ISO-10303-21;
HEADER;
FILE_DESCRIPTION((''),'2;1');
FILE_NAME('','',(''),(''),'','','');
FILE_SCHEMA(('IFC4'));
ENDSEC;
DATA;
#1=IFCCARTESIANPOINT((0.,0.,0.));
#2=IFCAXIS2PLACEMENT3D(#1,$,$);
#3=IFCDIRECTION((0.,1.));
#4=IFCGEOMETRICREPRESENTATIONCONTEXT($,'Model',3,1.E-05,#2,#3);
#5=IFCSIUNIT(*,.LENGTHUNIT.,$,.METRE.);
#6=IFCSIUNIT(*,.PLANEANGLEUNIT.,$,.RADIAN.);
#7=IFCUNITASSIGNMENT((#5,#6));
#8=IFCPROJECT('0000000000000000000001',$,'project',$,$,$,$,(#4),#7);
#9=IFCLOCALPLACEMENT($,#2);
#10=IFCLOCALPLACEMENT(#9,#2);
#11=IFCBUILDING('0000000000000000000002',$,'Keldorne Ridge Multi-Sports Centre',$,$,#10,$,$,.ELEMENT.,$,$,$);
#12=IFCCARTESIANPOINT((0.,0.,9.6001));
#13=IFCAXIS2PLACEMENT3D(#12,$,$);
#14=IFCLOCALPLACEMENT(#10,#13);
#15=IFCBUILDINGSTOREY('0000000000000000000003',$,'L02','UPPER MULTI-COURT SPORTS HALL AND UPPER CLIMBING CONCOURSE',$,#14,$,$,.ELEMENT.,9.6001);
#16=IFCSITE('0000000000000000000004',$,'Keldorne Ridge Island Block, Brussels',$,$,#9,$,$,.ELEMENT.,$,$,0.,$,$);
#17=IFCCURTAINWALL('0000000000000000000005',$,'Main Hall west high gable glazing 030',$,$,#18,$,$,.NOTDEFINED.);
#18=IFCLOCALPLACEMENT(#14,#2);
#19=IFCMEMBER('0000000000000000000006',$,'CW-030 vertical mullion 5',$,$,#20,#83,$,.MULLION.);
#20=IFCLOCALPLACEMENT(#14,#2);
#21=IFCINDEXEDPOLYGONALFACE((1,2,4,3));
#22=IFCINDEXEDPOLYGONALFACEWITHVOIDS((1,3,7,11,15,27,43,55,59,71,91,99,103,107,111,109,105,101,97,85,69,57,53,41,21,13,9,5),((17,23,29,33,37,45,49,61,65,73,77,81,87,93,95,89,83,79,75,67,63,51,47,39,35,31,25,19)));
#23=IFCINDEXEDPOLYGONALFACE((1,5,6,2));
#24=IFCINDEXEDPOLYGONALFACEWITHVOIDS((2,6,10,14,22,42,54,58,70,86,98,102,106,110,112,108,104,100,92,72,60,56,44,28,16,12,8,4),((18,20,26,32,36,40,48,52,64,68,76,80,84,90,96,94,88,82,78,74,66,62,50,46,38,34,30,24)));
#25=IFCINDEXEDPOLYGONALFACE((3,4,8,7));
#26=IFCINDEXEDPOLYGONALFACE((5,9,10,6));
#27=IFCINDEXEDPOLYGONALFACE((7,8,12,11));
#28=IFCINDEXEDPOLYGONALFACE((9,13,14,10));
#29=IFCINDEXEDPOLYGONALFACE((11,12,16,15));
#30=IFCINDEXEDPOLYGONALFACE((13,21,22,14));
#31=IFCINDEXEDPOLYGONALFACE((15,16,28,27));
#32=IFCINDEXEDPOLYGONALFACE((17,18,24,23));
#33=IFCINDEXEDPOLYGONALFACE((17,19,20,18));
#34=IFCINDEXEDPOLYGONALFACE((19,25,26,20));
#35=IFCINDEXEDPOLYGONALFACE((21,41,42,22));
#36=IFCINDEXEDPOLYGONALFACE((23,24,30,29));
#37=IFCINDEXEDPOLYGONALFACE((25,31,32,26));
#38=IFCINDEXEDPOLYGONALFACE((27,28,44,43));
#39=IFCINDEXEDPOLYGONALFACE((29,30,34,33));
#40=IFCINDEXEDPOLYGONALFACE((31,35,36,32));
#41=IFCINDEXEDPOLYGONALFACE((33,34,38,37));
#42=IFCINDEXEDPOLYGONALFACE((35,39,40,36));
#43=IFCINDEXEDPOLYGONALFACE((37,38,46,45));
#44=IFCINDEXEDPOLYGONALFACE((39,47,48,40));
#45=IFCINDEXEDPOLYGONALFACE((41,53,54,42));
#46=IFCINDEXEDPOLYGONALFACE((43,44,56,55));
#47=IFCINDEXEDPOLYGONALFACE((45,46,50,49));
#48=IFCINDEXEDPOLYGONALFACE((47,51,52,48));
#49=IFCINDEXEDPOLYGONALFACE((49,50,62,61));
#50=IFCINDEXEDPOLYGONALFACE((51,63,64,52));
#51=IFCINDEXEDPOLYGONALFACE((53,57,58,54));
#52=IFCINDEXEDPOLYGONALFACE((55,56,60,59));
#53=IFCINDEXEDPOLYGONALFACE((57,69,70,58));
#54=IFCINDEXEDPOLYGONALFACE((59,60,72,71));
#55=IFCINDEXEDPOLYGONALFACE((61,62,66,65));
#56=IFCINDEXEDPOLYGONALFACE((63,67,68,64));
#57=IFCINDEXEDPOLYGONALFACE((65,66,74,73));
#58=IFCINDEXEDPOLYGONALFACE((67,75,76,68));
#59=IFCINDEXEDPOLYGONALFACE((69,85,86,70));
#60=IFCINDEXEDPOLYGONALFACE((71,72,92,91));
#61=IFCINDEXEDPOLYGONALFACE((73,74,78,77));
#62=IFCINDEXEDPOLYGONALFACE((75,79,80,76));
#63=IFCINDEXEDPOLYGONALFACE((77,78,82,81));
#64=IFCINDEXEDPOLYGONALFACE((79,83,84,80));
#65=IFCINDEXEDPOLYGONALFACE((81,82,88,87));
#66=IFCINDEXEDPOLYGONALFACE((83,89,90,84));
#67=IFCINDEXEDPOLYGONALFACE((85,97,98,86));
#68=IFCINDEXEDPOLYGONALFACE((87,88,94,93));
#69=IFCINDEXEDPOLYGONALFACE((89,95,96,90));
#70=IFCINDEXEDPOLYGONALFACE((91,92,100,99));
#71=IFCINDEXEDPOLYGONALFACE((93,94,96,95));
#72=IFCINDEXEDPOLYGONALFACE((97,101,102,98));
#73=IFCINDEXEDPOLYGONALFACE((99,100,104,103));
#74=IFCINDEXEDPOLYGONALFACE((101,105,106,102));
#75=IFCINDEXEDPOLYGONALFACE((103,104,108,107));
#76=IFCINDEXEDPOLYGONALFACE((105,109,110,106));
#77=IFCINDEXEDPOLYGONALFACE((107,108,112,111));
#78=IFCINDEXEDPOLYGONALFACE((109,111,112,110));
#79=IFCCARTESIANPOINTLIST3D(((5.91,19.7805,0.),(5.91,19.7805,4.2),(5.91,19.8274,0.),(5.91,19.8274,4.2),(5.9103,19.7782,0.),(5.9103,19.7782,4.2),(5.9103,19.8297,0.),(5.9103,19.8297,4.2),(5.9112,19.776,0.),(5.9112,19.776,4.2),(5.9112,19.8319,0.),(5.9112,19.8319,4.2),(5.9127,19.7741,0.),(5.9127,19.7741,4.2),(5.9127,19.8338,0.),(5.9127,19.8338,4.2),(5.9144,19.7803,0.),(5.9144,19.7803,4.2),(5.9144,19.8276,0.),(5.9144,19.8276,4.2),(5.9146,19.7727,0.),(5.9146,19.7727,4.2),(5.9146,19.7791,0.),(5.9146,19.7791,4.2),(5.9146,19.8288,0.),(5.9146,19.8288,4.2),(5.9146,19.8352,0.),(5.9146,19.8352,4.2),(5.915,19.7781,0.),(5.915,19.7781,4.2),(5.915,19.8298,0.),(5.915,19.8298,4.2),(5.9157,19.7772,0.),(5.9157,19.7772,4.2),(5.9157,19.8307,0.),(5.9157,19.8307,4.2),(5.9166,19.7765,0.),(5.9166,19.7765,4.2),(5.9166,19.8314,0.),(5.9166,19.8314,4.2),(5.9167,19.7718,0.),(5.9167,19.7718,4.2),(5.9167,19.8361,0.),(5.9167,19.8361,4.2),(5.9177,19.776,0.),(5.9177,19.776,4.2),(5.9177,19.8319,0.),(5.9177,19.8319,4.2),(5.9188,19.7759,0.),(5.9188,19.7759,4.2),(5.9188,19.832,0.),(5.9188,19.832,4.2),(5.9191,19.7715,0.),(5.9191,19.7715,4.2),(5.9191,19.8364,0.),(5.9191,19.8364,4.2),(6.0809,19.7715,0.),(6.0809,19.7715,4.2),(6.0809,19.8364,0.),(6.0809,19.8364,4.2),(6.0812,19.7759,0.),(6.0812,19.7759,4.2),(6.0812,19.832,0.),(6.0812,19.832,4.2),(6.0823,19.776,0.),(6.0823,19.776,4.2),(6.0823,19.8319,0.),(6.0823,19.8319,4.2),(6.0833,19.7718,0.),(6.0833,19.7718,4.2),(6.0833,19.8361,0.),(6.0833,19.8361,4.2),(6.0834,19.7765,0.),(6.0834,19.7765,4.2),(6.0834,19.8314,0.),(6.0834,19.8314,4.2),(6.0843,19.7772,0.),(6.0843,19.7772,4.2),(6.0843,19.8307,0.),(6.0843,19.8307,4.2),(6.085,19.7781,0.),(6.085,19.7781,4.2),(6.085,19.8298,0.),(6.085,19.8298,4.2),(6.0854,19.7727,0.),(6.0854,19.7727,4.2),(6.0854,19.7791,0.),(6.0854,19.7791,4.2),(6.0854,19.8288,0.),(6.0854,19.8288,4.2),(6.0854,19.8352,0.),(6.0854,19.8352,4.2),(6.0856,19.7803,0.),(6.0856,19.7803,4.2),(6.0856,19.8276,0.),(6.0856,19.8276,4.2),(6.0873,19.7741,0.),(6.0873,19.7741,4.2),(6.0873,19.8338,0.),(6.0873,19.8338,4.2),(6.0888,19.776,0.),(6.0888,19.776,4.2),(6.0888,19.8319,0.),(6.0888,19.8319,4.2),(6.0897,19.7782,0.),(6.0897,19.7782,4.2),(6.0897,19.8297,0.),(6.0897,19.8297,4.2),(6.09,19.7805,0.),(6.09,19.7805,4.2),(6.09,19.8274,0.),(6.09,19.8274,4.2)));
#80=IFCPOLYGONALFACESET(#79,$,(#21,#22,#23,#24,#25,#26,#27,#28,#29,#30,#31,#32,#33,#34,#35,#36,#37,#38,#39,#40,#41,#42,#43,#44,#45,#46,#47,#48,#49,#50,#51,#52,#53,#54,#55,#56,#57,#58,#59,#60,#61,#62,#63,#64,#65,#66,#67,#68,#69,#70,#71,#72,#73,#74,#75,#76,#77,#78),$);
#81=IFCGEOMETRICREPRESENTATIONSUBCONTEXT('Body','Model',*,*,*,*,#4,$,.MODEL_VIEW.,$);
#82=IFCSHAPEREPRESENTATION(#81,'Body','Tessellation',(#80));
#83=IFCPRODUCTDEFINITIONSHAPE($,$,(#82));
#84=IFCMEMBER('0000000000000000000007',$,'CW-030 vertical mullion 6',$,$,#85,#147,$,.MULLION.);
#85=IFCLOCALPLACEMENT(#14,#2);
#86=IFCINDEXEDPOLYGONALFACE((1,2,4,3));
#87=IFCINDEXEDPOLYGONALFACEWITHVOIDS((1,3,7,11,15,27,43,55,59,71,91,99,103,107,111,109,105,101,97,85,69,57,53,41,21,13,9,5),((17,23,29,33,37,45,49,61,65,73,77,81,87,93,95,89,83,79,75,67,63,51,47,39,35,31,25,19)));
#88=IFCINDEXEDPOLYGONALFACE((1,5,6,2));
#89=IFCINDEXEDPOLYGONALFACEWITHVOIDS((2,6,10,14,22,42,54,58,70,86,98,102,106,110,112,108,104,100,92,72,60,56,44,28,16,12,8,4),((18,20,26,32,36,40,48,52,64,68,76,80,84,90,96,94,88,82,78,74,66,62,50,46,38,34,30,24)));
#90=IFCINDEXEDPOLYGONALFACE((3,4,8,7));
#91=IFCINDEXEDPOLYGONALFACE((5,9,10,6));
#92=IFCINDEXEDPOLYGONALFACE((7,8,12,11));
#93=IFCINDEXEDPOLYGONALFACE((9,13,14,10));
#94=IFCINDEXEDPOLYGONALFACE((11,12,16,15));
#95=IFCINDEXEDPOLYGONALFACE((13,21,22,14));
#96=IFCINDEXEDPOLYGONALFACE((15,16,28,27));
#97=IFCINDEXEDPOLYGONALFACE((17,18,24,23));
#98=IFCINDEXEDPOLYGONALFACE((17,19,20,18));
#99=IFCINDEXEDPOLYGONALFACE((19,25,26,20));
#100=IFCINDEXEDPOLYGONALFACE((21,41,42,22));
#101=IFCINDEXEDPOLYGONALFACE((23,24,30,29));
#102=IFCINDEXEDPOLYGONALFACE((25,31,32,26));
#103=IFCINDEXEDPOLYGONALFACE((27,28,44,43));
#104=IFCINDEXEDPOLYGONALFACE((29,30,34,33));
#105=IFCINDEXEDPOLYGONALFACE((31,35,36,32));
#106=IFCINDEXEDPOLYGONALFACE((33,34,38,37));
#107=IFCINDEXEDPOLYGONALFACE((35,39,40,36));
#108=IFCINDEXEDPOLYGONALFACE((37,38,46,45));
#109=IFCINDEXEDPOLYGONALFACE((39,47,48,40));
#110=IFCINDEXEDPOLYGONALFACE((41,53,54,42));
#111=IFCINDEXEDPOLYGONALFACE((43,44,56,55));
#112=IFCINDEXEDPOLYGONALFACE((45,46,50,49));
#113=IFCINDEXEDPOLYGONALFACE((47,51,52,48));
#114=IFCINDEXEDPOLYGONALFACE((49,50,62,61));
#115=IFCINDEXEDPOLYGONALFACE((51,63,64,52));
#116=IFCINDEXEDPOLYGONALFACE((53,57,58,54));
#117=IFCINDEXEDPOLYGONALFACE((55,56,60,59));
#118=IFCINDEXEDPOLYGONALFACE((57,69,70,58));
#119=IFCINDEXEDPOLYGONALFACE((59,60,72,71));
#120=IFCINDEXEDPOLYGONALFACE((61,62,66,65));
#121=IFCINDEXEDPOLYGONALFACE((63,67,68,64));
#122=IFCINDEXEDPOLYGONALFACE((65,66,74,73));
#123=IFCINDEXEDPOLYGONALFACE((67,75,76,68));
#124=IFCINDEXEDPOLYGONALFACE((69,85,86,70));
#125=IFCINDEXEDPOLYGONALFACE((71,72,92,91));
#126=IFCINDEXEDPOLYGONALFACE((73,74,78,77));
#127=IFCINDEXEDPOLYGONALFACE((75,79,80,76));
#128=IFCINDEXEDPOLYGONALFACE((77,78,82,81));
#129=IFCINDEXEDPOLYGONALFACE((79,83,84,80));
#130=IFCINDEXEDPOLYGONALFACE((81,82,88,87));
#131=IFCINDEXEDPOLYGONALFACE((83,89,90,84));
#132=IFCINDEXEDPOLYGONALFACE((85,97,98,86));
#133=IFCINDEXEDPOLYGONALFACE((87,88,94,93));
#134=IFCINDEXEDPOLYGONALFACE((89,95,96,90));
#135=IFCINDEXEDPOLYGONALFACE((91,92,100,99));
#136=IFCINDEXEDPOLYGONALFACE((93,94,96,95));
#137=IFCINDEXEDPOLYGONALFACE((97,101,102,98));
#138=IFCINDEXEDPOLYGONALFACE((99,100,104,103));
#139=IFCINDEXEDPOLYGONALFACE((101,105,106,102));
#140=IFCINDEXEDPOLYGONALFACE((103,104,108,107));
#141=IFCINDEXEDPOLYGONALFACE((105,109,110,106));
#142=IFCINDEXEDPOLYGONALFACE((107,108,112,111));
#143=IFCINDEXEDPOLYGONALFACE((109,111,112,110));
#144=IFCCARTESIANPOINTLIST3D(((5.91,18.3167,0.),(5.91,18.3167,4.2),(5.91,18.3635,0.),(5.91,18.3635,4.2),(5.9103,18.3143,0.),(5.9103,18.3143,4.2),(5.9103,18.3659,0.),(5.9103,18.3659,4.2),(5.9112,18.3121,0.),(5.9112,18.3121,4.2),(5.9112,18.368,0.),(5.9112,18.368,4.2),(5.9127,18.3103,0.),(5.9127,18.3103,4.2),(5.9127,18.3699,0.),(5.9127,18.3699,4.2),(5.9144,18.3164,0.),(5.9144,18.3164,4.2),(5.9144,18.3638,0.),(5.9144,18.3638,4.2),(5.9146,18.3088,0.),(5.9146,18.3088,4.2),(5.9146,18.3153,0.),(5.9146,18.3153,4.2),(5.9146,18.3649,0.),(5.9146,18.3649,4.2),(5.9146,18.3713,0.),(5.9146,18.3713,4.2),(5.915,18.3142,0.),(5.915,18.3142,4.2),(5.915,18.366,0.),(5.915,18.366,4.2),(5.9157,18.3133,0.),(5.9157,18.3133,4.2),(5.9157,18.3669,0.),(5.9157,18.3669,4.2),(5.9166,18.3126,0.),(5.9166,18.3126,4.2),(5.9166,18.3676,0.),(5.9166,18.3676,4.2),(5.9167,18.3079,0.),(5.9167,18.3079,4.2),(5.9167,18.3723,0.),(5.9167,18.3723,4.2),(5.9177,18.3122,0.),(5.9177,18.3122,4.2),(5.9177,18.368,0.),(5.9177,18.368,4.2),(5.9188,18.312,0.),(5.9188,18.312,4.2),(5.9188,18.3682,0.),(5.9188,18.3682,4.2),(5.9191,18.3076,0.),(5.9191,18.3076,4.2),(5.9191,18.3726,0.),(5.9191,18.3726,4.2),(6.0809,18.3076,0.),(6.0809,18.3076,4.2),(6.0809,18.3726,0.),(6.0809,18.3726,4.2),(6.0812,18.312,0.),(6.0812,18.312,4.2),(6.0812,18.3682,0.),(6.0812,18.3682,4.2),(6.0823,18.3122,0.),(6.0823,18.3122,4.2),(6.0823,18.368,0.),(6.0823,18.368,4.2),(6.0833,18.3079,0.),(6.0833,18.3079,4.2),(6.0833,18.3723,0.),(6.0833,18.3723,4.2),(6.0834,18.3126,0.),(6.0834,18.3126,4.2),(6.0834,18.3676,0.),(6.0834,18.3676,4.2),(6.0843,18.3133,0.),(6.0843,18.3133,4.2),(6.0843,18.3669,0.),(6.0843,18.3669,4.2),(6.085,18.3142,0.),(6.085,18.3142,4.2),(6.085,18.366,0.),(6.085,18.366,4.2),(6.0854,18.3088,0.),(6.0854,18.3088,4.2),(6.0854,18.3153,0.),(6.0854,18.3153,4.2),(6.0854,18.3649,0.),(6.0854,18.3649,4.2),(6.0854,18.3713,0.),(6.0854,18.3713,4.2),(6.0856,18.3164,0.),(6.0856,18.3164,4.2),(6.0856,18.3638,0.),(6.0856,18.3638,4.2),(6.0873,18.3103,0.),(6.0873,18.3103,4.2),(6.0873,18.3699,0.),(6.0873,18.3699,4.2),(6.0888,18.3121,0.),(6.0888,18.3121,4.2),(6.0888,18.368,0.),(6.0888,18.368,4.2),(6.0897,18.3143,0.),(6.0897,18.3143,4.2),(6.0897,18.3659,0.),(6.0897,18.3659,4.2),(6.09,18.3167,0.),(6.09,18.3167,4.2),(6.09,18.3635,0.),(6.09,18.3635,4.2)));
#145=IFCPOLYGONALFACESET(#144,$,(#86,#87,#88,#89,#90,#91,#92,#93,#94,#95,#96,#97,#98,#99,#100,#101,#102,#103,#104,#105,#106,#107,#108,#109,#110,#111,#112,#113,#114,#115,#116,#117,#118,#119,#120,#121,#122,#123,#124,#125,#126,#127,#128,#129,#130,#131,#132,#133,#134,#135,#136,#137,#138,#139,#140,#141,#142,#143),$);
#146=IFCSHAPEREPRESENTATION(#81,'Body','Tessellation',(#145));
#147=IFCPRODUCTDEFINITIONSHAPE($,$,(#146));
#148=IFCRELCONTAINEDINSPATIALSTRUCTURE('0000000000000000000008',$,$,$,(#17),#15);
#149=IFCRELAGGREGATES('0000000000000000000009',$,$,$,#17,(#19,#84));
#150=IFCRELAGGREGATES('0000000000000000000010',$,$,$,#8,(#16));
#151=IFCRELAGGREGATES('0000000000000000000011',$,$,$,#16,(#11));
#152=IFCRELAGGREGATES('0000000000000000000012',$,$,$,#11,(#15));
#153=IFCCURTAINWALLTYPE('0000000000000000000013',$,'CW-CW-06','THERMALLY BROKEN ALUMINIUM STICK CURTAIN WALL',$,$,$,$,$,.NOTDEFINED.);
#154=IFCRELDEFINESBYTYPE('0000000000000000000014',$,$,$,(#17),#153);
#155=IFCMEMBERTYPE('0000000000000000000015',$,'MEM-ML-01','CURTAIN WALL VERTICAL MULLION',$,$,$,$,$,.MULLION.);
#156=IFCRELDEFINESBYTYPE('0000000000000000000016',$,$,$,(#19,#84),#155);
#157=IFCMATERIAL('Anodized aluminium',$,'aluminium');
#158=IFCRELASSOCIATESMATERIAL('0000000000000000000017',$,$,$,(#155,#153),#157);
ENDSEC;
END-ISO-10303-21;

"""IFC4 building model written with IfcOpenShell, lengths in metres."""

from ifc_helpers import new_model, si_unit, direction, frame, origin, origin_2d, place, context, subcontext, project, spatial, hollow_rectangle, extrude, material, material_profile, profile_set, type_object, element, aggregate, save


model = new_model("IFC4")

# Units and contexts
model_context = context("Model", 3, precision=1e-05, world=origin(), true_north=direction((0.0, 1.0)))
body_context = subcontext(model_context, "Body", "Model", "MODEL_VIEW")
ifc_project = project(units=[si_unit("LENGTHUNIT", "METRE"), si_unit("PLANEANGLEUNIT", "RADIAN")], contexts=[model_context])

# Site, building, storey
site_placement = place(None, origin())
site = spatial("IfcSite", under=ifc_project, at=site_placement, Name="Keldorne Ridge Island Block, Brussels", CompositionType="ELEMENT", RefElevation=0.0)
building_placement = place(site_placement, origin())
building = spatial("IfcBuilding", under=site, at=building_placement, Name="Keldorne Ridge Multi-Sports Centre", CompositionType="ELEMENT")
storey_placement = place(building_placement, frame((0.0, 0.0, 9.6001)))
storey = spatial("IfcBuildingStorey", under=building, at=storey_placement, Name="L02", Description="UPPER MULTI-COURT SPORTS HALL AND UPPER CLIMBING CONCOURSE", CompositionType="ELEMENT", Elevation=9.6001)

# Curtain wall, members
ifc_material_1 = material(Name="Anodized aluminium", Category="aluminium")
ifc_material_profile_1 = material_profile(ifc_material_1, hollow_rectangle(XDim=0.0649, YDim=0.1799, WallThickness=0.0044, InnerFilletRadius=0.0044, OuterFilletRadius=0.009, at=origin_2d()), Name="ALU MULLION 180x65x4.5")
ifc_profile_set_1 = profile_set([ifc_material_profile_1], Name="Anodized aluminium")
member_type_1 = type_object("IfcMemberType", Name="MEM-ML-01", Description="CURTAIN WALL VERTICAL MULLION", PredefinedType="MULLION", material=ifc_profile_set_1)
curtain_wall_type_1 = type_object("IfcCurtainWallType", Name="CW-CW-06", Description="THERMALLY BROKEN ALUMINIUM STICK CURTAIN WALL", PredefinedType="NOTDEFINED", material=ifc_material_1)
curtain_wall_1_placement = place(storey_placement, origin())
curtain_wall_1 = element("IfcCurtainWall", 1, at=curtain_wall_1_placement, inside=storey, type_object=curtain_wall_type_1, Name="Main Hall west high gable glazing 030", PredefinedType="NOTDEFINED")
member_1_placement = place(storey_placement, frame((6.0, 19.804, 0.0), z_axis=(0.0, 0.0, 1.0), x_axis=(0.0, 1.0, 0.0)))
member_1 = element("IfcMember", 2, at=member_1_placement, type_object=member_type_1, Name="CW-030 vertical mullion 5", PredefinedType="MULLION", context=body_context, shape_type="SweptSolid", body=[
    extrude(hollow_rectangle(XDim=0.0649, YDim=0.1799, WallThickness=0.0044, InnerFilletRadius=0.0044, OuterFilletRadius=0.009, at=origin_2d()), origin(), (0.0, 0.0, 1.0), 4.2),
])
member_2_placement = place(storey_placement, frame((6.0, 18.3401, 0.0), z_axis=(0.0, 0.0, 1.0), x_axis=(0.0, 1.0, 0.0)))
member_2 = element("IfcMember", 3, at=member_2_placement, type_object=member_type_1, Name="CW-030 vertical mullion 6", PredefinedType="MULLION", context=body_context, shape_type="SweptSolid", body=[
    extrude(hollow_rectangle(XDim=0.0649, YDim=0.1799, WallThickness=0.0044, InnerFilletRadius=0.0044, OuterFilletRadius=0.009, at=origin_2d()), origin(), (0.0, 0.0, 1.0), 4.2),
])

aggregate(curtain_wall_1, [member_1, member_2])

save(model, "model.ifc")
